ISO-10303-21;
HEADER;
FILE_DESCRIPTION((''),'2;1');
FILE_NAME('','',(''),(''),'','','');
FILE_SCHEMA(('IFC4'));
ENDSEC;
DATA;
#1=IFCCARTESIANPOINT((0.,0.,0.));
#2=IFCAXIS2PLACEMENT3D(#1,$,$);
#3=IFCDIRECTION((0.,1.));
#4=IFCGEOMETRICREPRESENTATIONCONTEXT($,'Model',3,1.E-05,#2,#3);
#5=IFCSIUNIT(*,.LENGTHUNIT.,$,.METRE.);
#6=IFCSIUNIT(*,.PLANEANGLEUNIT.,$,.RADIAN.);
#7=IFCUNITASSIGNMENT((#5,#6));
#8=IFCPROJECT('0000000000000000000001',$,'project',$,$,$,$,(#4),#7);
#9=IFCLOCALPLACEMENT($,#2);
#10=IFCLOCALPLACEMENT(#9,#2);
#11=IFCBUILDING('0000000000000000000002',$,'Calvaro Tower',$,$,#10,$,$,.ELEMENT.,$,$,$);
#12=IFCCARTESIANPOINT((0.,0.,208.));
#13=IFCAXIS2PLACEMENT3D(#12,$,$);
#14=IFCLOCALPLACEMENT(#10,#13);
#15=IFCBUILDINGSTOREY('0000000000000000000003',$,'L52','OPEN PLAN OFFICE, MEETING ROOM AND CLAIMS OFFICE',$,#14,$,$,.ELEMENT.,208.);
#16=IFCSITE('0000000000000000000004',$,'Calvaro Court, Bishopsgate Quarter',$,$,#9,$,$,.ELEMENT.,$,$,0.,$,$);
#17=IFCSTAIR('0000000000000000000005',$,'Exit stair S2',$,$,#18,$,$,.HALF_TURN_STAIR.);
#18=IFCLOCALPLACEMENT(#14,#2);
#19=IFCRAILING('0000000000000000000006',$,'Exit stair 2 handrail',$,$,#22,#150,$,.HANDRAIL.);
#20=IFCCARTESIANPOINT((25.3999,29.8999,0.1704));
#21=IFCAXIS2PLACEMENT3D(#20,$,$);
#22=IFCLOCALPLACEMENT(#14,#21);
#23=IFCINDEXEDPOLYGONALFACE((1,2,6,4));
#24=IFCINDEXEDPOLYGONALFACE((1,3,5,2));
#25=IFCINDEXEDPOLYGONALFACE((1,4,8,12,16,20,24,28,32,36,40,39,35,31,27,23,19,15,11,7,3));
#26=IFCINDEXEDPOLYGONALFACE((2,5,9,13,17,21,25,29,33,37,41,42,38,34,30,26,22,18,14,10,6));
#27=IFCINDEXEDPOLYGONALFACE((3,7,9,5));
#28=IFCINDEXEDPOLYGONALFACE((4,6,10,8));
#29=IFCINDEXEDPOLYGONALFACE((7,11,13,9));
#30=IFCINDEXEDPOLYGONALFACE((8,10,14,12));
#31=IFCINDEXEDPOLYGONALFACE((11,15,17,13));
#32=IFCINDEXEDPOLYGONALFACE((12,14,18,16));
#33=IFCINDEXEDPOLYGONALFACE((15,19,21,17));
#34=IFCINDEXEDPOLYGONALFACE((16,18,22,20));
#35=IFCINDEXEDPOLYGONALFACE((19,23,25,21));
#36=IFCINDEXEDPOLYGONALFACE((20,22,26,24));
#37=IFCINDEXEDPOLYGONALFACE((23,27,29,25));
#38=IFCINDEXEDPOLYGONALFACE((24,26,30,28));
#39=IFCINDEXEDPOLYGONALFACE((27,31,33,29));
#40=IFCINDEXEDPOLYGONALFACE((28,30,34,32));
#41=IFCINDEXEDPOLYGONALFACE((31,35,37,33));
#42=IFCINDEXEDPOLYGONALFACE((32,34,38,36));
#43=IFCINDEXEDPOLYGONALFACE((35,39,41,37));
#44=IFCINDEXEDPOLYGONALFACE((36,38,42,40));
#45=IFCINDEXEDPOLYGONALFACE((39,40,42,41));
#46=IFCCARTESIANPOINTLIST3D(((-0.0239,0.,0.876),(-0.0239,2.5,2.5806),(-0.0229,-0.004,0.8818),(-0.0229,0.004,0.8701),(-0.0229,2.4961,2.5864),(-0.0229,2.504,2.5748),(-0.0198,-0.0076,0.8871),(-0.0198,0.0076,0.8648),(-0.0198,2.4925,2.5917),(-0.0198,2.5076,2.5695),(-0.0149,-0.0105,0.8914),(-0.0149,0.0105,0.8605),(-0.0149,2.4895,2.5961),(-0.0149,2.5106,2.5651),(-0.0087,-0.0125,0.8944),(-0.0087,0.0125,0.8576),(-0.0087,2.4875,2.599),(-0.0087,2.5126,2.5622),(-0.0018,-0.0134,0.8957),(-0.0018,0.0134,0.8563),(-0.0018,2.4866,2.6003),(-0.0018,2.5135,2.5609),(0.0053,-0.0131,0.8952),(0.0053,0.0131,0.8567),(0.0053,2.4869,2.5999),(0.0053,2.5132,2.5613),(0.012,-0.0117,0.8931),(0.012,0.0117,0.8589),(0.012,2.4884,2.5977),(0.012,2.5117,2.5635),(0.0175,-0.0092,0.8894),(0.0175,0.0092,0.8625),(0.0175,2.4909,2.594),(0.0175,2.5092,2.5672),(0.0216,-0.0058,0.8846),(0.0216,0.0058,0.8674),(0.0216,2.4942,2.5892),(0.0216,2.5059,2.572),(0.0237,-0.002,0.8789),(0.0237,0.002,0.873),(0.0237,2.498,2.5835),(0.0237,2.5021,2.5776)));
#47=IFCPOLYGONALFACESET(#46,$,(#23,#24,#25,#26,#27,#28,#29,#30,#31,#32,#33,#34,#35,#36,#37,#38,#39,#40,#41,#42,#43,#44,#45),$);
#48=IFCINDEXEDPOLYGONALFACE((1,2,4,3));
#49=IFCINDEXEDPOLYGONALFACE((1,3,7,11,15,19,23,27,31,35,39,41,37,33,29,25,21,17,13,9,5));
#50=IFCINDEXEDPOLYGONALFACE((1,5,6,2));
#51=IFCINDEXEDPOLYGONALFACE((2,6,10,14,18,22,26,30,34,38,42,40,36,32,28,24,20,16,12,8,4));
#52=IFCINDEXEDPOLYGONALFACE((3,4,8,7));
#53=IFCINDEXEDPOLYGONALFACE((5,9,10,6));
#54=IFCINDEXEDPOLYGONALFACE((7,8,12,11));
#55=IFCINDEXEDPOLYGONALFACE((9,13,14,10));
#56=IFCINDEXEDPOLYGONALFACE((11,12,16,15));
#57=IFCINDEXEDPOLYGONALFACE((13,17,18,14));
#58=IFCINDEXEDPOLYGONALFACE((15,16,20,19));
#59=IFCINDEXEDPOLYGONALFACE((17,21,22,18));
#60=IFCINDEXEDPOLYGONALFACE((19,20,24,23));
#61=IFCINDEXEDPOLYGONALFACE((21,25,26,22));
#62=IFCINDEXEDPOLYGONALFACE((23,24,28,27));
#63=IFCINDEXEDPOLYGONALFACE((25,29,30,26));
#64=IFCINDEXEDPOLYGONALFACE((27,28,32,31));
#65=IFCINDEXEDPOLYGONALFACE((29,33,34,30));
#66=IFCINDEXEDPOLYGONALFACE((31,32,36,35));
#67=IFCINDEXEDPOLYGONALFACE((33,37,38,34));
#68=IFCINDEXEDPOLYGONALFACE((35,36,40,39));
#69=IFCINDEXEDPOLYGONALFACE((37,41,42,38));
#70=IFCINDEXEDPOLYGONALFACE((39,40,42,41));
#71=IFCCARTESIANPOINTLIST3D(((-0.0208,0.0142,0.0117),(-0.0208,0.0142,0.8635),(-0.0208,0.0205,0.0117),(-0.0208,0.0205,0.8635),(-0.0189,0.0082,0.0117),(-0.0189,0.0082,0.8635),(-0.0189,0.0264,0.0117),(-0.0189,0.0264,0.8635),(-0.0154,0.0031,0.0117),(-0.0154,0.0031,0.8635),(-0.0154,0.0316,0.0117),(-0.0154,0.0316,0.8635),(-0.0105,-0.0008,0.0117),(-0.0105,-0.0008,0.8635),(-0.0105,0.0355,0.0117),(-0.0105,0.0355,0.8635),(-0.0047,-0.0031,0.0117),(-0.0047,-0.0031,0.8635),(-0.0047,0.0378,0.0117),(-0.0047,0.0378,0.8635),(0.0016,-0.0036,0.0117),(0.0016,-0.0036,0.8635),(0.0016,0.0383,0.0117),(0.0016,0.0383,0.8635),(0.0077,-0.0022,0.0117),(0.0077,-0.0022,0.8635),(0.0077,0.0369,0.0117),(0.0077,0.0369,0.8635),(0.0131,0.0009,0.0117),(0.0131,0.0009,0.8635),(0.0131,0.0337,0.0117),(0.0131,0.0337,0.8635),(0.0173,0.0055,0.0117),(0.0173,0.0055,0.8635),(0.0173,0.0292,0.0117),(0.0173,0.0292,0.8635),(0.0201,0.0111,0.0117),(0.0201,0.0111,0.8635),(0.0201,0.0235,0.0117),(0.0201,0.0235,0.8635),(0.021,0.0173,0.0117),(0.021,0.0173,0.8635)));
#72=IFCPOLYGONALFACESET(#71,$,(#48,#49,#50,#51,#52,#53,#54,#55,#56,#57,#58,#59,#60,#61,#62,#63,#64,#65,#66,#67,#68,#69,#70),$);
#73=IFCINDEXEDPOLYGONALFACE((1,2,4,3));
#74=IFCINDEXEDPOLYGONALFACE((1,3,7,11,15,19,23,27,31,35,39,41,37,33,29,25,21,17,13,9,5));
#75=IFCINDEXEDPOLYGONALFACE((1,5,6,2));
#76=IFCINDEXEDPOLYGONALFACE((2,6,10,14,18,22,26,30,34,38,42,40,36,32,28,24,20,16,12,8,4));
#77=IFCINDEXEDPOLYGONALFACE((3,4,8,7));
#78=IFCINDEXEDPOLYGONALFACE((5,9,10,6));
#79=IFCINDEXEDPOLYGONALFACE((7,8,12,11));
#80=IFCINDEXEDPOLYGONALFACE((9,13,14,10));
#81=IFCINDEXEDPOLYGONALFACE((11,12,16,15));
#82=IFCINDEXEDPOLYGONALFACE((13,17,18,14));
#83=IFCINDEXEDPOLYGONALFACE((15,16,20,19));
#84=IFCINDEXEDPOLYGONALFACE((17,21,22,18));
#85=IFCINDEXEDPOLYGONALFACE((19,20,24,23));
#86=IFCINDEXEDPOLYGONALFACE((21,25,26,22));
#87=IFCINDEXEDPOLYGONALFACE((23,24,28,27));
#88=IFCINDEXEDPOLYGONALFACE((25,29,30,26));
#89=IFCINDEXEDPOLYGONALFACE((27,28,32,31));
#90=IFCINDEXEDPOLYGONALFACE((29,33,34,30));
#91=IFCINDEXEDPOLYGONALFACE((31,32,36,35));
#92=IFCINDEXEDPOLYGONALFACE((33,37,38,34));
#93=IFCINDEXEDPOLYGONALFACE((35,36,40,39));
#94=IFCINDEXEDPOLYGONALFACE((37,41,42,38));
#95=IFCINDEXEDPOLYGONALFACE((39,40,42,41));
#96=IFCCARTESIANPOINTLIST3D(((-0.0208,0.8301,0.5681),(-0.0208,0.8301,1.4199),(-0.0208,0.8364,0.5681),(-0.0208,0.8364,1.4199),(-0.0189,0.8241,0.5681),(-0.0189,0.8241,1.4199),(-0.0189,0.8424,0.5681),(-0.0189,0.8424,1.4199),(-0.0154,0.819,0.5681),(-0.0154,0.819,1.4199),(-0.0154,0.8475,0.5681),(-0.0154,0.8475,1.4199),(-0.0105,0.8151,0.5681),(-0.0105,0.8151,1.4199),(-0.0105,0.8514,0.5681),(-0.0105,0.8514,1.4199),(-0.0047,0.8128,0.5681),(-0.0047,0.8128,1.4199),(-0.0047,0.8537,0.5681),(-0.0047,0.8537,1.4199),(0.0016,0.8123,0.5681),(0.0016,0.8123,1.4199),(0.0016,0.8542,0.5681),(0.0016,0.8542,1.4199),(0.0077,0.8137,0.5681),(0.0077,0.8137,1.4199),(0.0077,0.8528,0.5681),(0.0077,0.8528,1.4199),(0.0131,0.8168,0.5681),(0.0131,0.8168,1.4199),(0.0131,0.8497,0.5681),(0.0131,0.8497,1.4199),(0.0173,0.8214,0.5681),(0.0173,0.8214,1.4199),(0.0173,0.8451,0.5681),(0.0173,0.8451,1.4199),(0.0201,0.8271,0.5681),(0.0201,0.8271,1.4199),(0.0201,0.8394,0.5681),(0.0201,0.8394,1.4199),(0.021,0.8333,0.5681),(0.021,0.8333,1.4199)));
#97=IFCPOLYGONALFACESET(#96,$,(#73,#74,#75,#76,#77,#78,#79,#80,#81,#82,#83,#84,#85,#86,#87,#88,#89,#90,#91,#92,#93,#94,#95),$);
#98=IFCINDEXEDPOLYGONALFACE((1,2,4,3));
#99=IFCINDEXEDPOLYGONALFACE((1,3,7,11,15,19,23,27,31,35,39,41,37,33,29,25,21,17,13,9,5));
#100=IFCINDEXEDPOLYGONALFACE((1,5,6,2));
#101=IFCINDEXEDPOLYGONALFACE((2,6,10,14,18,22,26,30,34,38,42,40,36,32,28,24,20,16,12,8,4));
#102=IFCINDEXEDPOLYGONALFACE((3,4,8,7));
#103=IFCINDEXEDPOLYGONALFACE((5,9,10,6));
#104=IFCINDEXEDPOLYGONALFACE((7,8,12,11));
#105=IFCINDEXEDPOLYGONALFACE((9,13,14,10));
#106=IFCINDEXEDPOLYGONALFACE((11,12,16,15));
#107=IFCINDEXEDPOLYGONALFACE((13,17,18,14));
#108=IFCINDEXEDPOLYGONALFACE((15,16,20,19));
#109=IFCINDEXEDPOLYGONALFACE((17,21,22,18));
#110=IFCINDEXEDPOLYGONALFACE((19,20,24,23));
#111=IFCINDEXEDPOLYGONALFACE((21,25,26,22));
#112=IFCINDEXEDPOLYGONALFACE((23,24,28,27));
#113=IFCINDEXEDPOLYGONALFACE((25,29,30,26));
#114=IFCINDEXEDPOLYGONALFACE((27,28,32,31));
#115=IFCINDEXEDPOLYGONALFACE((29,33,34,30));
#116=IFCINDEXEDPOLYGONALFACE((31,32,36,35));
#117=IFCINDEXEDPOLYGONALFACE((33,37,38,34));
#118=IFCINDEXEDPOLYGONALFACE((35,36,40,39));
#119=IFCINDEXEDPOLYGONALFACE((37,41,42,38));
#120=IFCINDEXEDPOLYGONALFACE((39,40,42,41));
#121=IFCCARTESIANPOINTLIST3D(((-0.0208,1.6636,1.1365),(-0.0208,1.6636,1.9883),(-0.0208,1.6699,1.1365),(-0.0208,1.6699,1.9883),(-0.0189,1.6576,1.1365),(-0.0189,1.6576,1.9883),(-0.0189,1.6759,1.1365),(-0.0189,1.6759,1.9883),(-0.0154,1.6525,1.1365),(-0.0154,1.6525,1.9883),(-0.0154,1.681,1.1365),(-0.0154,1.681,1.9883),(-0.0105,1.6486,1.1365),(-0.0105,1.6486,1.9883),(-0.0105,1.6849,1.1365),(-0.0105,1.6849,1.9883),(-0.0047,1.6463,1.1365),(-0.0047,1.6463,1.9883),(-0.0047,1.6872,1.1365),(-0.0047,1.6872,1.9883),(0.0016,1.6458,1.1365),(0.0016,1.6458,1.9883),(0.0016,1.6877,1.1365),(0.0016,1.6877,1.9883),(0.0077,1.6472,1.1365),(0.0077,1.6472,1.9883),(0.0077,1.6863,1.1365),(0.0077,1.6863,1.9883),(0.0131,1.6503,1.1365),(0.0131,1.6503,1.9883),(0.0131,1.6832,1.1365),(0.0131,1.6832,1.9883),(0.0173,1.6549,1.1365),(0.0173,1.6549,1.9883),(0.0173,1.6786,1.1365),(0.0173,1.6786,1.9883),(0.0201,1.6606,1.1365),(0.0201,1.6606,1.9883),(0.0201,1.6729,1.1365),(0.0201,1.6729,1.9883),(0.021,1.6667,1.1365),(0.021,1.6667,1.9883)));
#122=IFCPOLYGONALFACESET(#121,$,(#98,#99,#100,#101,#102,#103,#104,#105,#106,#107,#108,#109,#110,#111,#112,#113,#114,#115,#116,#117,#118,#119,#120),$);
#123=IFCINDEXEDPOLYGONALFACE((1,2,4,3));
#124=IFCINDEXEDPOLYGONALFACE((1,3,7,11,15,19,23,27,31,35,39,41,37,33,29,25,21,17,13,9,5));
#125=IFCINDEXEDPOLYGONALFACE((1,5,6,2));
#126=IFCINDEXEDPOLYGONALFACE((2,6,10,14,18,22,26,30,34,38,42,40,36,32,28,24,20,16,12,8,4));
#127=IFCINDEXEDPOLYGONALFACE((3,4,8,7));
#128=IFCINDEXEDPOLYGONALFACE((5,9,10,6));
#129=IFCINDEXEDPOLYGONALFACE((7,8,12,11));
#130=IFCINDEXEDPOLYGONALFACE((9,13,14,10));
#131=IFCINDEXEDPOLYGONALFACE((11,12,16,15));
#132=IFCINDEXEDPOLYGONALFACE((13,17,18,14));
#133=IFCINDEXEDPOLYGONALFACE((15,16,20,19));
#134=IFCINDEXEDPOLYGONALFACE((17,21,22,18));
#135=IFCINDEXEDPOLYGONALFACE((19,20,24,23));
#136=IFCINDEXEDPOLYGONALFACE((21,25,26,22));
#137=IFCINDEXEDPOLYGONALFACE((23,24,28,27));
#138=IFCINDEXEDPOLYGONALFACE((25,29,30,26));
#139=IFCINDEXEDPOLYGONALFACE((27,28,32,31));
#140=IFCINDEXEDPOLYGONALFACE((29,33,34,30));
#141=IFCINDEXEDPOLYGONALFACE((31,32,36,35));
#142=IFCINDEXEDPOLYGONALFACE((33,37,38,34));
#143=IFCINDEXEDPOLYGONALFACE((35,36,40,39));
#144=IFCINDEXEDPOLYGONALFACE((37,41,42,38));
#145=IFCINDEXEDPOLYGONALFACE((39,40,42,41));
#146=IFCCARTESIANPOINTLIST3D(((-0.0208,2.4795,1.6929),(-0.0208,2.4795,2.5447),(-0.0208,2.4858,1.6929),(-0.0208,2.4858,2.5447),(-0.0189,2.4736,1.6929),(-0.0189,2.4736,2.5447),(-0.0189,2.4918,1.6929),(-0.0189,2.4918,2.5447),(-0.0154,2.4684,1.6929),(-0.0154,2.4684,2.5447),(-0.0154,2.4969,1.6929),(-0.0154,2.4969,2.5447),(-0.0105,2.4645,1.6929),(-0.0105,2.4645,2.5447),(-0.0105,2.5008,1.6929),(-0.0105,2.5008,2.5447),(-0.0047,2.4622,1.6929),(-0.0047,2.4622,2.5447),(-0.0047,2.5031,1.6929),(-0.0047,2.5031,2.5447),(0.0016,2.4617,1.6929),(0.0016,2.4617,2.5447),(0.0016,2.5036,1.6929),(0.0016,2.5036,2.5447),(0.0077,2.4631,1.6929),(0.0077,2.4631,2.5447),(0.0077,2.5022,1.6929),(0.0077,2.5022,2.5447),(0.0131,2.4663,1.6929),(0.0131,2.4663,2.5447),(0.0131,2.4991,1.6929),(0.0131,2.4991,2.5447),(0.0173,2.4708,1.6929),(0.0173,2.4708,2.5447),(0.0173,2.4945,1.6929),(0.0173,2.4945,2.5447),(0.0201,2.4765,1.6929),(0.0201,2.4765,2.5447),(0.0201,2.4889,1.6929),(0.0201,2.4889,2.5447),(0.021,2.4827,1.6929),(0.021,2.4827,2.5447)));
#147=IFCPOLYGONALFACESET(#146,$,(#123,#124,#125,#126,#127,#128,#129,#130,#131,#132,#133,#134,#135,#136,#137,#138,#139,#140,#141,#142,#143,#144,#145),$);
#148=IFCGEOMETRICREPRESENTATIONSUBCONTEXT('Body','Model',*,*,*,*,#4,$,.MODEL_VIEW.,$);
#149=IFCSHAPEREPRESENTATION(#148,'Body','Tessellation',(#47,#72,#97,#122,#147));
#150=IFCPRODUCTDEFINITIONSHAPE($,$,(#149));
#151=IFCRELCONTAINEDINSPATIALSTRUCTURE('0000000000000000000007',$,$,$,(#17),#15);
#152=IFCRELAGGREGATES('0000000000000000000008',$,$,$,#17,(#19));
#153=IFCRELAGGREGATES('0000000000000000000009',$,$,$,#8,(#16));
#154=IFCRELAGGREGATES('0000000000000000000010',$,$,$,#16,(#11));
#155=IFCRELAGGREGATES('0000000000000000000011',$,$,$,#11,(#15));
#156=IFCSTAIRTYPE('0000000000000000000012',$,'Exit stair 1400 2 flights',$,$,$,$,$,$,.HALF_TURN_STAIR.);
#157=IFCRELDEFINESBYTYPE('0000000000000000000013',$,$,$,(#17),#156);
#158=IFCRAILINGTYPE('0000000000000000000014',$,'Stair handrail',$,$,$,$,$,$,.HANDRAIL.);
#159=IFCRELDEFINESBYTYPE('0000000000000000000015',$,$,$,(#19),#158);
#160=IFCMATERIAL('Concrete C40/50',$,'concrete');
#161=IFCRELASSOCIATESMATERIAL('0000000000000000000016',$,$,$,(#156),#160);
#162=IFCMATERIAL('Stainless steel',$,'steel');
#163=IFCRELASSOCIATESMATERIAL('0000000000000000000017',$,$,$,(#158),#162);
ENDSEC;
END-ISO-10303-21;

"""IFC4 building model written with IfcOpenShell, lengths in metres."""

from ifc_helpers import new_model, si_unit, direction, frame, origin, origin_2d, place, context, subcontext, project, spatial, circle, extrude, material, type_object, element, aggregate, save


model = new_model("IFC4")

# Units and contexts
model_context = context("Model", 3, precision=1e-05, world=origin(), true_north=direction((0.0, 1.0)))
body_context = subcontext(model_context, "Body", "Model", "MODEL_VIEW")
ifc_project = project(units=[si_unit("LENGTHUNIT", "METRE"), si_unit("PLANEANGLEUNIT", "RADIAN")], contexts=[model_context])

# Site, building, storey
site_placement = place(None, origin())
site = spatial("IfcSite", under=ifc_project, at=site_placement, Name="Calvaro Court, Bishopsgate Quarter", CompositionType="ELEMENT", RefElevation=0.0)
building_placement = place(site_placement, origin())
building = spatial("IfcBuilding", under=site, at=building_placement, Name="Calvaro Tower", CompositionType="ELEMENT")
storey_placement = place(building_placement, frame((0.0, 0.0, 208.0)))
storey = spatial("IfcBuildingStorey", under=building, at=storey_placement, Name="L52", Description="OPEN PLAN OFFICE, MEETING ROOM AND CLAIMS OFFICE", CompositionType="ELEMENT", Elevation=208.0)

# Stair
ifc_material_1 = material(Name="Concrete C40/50", Category="concrete")
stair_type = type_object("IfcStairType", Name="Exit stair 1400 2 flights", PredefinedType="HALF_TURN_STAIR", material=ifc_material_1)
stair_1_placement = place(storey_placement, origin())
stair_1 = element("IfcStair", 1, at=stair_1_placement, inside=storey, type_object=stair_type, Name="Exit stair S2", PredefinedType="HALF_TURN_STAIR")

# Shared definitions
ifc_material_2 = material(Name="Stainless steel", Category="steel")
railing_type = type_object("IfcRailingType", Name="Stair handrail", PredefinedType="HANDRAIL", material=ifc_material_2)

# Railing
railing_1_placement = place(storey_placement, frame((25.3999, 29.8999, 0.1704)))
railing_1 = element("IfcRailing", 2, at=railing_1_placement, type_object=railing_type, Name="Exit stair 2 handrail", PredefinedType="HANDRAIL", context=body_context, shape_type="SweptSolid", body=[
    extrude(circle(Radius=0.0239, at=origin_2d()), frame((0.0, 0.0, 0.876), z_axis=(0.0, 0.826221, 0.563347), x_axis=(-1.0, 0.0, 0.0)), (0.0, 0.0, 1.0), 3.0259),
    extrude(circle(Radius=0.021, at=origin_2d()), frame((0.0, 0.0173, 0.0117)), (0.0, 0.0, 1.0), 0.8518),
    extrude(circle(Radius=0.021, at=origin_2d()), frame((0.0, 0.8333, 0.5681)), (0.0, 0.0, 1.0), 0.8518),
    extrude(circle(Radius=0.021, at=origin_2d()), frame((0.0, 1.6667, 1.1365)), (0.0, 0.0, 1.0), 0.8518),
    extrude(circle(Radius=0.021, at=origin_2d()), frame((0.0, 2.4827, 1.6929)), (0.0, 0.0, 1.0), 0.8518),
])
aggregate(stair_1, [railing_1])

save(model, "model.ifc")
